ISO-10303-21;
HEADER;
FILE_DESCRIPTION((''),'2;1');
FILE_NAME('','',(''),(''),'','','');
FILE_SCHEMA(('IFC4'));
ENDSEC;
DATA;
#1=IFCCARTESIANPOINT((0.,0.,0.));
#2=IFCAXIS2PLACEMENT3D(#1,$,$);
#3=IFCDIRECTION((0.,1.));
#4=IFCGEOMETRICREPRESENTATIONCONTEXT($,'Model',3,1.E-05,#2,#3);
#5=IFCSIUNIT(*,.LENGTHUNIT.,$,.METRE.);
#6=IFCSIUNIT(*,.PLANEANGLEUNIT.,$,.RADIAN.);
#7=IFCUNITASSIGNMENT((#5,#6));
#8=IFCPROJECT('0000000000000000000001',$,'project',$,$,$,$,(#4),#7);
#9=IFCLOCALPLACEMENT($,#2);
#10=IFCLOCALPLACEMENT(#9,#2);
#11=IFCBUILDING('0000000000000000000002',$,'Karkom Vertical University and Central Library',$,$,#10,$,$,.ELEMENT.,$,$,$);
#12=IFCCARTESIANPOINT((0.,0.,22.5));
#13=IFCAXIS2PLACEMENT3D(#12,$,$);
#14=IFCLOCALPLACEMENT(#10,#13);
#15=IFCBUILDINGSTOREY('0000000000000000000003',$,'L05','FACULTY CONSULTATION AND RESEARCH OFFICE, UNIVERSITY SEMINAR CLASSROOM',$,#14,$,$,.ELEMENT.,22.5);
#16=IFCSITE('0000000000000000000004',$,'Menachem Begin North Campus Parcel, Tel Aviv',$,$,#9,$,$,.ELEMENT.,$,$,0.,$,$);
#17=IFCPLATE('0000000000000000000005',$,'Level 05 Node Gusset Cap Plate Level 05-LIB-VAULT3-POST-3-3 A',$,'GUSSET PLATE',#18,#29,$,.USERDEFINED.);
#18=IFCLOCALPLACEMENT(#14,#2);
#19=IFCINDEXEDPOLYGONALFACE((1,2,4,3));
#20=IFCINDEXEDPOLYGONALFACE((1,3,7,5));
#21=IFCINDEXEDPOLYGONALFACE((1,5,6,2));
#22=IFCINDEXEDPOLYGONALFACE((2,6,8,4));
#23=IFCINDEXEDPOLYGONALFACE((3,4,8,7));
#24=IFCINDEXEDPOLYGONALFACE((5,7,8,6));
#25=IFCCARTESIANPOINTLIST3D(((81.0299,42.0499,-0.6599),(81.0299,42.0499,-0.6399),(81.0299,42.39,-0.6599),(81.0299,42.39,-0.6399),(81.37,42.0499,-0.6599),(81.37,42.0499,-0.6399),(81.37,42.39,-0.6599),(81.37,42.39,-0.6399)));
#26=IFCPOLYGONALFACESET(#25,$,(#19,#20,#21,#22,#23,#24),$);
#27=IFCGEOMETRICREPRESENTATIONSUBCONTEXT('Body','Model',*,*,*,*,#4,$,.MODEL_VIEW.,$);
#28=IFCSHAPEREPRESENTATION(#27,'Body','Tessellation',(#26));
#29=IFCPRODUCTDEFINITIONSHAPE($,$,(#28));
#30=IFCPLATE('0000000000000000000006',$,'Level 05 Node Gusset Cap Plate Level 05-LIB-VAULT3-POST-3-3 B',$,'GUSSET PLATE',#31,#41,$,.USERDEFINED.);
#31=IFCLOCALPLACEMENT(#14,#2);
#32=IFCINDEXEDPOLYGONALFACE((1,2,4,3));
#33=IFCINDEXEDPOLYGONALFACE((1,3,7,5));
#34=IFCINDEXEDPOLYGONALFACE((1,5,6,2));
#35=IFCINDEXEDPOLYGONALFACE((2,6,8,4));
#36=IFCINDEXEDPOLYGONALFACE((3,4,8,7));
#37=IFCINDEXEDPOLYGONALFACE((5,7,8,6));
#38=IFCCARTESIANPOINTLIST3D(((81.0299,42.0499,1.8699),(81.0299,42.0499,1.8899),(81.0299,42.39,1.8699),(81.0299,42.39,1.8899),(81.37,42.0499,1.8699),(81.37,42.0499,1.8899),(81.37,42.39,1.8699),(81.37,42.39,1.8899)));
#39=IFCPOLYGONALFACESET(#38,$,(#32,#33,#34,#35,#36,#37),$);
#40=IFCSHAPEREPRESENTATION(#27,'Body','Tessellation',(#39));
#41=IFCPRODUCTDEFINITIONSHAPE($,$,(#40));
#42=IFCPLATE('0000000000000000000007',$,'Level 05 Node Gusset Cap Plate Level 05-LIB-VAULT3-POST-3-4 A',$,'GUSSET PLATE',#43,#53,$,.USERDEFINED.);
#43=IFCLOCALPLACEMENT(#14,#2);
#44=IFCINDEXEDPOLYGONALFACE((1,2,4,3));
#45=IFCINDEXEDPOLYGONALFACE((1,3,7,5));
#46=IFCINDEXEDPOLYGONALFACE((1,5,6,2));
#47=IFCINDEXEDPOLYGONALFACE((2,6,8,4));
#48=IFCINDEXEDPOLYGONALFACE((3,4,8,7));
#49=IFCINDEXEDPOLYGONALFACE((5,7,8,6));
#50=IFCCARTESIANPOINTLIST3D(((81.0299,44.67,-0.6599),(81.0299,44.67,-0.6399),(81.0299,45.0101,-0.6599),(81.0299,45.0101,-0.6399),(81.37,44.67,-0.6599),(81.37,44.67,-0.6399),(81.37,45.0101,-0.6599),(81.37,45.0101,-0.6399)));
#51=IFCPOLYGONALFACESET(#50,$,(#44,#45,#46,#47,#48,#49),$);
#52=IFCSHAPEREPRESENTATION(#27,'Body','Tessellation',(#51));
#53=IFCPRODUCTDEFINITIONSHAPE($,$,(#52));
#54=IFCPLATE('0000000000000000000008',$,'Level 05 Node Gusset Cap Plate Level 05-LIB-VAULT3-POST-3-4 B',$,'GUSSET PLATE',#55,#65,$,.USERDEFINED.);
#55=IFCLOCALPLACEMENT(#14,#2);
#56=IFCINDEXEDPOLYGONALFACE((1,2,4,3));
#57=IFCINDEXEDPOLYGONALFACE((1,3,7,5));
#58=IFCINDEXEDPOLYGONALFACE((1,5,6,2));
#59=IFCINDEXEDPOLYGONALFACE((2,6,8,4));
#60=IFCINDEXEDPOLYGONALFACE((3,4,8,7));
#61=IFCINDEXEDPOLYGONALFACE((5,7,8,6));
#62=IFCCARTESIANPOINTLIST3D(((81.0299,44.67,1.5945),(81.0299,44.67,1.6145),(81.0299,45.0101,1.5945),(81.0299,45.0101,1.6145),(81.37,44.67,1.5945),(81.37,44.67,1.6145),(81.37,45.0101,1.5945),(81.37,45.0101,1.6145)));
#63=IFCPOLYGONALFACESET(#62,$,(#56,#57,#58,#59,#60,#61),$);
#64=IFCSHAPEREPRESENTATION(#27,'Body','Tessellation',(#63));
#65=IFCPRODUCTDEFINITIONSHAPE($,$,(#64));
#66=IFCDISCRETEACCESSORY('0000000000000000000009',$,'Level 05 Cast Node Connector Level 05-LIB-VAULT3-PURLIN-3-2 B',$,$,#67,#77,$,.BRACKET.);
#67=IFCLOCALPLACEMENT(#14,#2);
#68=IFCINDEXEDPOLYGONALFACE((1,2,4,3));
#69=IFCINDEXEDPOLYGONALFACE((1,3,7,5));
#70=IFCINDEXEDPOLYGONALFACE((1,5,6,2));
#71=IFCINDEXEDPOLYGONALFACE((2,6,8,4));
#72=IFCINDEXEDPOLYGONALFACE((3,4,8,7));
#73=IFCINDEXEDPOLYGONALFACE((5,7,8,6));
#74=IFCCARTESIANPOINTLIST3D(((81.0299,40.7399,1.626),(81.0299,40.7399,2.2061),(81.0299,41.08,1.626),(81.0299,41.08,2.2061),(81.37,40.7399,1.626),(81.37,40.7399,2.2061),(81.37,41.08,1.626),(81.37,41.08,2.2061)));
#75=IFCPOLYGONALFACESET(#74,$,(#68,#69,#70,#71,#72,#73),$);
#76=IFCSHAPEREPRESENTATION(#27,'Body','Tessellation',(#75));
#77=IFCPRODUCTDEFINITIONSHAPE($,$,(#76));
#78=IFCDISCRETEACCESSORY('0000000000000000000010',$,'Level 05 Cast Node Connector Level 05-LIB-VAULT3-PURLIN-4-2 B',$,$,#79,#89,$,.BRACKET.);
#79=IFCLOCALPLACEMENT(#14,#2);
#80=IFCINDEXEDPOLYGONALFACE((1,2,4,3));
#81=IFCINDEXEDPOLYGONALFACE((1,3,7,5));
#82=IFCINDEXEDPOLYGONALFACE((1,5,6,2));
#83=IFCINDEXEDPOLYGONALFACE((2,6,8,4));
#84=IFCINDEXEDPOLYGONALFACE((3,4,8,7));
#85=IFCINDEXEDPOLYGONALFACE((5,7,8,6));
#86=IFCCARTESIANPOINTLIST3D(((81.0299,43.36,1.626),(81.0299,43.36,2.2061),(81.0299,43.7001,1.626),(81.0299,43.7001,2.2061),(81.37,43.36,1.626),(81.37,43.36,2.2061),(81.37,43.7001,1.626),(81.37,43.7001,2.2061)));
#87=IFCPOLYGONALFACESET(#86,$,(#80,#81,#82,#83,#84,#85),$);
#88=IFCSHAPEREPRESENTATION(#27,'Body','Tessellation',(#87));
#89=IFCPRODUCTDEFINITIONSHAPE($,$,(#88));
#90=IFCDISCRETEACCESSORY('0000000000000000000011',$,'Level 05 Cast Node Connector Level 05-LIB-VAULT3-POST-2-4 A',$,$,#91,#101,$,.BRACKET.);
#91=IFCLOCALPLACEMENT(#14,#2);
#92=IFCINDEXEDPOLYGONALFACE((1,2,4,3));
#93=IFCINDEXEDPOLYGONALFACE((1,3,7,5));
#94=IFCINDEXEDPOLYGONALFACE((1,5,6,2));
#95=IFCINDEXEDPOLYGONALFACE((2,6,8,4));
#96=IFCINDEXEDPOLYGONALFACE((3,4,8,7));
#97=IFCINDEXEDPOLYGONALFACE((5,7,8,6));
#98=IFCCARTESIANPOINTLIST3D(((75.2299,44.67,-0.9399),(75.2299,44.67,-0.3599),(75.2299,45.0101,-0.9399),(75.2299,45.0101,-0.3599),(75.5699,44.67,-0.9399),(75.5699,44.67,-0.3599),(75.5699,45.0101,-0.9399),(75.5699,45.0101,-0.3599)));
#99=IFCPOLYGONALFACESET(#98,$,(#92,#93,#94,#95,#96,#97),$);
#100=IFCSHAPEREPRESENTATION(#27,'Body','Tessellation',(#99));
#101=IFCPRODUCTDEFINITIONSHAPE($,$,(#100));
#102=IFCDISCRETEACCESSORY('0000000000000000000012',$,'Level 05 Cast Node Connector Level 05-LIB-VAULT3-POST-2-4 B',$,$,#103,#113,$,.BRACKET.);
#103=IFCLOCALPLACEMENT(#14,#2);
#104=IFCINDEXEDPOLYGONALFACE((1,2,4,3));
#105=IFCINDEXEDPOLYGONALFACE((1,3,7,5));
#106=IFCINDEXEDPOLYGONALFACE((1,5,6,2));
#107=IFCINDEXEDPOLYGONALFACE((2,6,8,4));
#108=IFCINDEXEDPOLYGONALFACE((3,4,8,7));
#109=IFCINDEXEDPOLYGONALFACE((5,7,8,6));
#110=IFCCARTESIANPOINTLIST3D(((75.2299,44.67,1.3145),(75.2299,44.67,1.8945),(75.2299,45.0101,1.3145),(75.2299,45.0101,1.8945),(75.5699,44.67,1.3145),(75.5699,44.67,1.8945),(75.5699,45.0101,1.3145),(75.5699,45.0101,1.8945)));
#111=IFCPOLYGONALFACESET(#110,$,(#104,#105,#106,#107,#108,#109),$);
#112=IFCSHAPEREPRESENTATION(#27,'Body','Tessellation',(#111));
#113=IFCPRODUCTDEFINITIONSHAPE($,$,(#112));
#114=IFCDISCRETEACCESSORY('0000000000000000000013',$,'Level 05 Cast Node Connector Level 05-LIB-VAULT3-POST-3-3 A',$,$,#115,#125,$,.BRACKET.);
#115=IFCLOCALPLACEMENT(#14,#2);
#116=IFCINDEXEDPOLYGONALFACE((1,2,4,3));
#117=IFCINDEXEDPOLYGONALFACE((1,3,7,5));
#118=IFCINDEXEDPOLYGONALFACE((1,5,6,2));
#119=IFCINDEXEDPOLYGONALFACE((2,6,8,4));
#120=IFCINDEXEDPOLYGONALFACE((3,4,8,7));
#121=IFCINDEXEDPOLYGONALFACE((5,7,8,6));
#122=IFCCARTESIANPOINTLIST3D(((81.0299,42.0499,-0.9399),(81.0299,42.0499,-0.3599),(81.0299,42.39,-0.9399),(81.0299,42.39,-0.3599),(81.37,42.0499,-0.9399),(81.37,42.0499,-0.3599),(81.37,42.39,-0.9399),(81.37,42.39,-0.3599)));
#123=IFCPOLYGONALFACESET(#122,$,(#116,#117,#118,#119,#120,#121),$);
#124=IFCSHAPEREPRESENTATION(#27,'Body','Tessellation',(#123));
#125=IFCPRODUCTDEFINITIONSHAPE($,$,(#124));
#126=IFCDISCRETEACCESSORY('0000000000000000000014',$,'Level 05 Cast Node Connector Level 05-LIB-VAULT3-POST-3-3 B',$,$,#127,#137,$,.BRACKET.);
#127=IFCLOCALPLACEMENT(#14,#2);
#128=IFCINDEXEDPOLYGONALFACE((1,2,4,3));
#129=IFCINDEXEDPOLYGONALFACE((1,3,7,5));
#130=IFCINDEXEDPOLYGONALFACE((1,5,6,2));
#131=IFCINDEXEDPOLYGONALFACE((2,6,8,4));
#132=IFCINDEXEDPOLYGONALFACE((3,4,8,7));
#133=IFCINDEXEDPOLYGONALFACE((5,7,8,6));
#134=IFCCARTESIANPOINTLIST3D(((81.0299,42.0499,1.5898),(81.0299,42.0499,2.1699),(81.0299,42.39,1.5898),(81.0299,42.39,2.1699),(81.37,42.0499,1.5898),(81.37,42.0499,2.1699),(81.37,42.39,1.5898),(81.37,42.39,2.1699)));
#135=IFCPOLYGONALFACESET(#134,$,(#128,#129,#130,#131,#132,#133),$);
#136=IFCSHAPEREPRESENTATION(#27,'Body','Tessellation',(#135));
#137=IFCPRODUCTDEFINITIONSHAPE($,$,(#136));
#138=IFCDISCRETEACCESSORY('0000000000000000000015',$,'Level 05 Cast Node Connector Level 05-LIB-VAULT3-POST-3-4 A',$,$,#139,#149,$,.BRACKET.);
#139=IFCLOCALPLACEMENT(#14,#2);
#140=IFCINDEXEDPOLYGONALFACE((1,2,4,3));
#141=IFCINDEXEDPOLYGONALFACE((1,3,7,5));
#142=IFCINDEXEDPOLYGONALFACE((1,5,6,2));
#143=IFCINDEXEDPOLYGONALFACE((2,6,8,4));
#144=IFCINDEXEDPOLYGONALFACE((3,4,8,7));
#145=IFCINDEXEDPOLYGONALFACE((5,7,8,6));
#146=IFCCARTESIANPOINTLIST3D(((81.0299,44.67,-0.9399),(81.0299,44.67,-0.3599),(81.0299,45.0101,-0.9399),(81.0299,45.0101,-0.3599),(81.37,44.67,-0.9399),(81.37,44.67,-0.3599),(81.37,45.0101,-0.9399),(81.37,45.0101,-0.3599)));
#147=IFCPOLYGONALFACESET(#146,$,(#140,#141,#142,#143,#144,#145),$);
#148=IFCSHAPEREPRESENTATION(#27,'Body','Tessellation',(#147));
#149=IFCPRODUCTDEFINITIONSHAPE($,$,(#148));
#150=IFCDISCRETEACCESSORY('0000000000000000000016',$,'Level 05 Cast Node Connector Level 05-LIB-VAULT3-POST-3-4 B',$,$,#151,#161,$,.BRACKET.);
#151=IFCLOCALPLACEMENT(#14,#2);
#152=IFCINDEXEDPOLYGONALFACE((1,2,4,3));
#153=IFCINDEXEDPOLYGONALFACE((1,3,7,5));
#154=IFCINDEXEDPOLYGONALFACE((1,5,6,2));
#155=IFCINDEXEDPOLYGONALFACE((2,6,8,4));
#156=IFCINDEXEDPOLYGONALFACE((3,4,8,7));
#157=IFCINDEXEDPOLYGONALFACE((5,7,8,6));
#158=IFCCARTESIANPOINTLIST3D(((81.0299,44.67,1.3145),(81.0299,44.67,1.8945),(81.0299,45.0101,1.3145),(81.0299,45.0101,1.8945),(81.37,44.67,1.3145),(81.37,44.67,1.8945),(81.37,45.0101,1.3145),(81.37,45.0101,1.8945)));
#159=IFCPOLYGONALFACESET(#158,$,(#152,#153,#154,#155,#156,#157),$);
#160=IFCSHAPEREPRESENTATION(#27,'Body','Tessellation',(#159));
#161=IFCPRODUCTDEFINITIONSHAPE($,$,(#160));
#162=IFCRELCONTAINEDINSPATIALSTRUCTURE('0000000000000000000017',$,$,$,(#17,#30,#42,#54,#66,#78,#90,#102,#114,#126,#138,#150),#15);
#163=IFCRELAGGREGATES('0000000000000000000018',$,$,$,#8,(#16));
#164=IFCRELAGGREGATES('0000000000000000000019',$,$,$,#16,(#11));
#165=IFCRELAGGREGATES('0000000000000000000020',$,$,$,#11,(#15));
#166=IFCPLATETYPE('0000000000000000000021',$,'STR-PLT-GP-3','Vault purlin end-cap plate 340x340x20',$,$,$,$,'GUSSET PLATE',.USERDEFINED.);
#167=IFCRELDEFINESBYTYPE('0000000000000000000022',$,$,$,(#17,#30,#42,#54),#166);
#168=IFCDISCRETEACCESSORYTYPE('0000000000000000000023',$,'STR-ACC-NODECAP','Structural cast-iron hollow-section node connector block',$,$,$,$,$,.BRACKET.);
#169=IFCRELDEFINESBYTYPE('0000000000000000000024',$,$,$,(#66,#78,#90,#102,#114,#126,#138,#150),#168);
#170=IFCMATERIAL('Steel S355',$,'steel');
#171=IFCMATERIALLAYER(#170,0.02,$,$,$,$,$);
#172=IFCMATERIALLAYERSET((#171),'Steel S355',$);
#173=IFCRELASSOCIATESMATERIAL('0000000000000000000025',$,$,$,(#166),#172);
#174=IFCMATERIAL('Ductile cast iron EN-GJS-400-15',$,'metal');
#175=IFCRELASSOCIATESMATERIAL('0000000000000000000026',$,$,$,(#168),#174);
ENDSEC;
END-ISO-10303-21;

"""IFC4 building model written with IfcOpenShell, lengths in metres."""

from ifc_helpers import new_model, si_unit, direction, frame, origin, origin_with_axes, origin_2d, place, context, subcontext, project, spatial, rectangle, extrude, source, transform, mapped, material, layer, layer_set, type_object, element, save


model = new_model("IFC4")

# Units and contexts
model_context = context("Model", 3, precision=1e-05, world=origin(), true_north=direction((0.0, 1.0)))
body_context = subcontext(model_context, "Body", "Model", "MODEL_VIEW")
ifc_project = project(units=[si_unit("LENGTHUNIT", "METRE"), si_unit("PLANEANGLEUNIT", "RADIAN")], contexts=[model_context])

# Site, building, storey
site_placement = place(None, origin())
site = spatial("IfcSite", under=ifc_project, at=site_placement, Name="Menachem Begin North Campus Parcel, Tel Aviv", CompositionType="ELEMENT", RefElevation=0.0)
building_placement = place(site_placement, origin())
building = spatial("IfcBuilding", under=site, at=building_placement, Name="Karkom Vertical University and Central Library", CompositionType="ELEMENT")
storey_placement = place(building_placement, frame((0.0, 0.0, 22.5)))
storey = spatial("IfcBuildingStorey", under=building, at=storey_placement, Name="L05", Description="FACULTY CONSULTATION AND RESEARCH OFFICE, UNIVERSITY SEMINAR CLASSROOM", CompositionType="ELEMENT", Elevation=22.5)

# Shared definitions
ifc_material_1 = material(Name="Steel S355", Category="steel")

# Plates
ifc_layer = layer(ifc_material_1, 0.02)
ifc_layer_set = layer_set([ifc_layer], Name="Steel S355")
plate_type = type_object("IfcPlateType", Name="STR-PLT-GP-3", Description="Vault purlin end-cap plate 340x340x20", ElementType="GUSSET PLATE", PredefinedType="USERDEFINED", material=ifc_layer_set)
shared_shape_1 = source(origin_with_axes(), body_context, "Body", "SweptSolid", [
    extrude(rectangle(XDim=0.3401, YDim=0.3401, at=origin_2d()), origin(), (0.0, 0.0, 1.0), 0.02),
])
for number, where, z_axis, x_axis, name in (
    (1, (81.2, 42.22, -0.6599), (0.0, 0.0, 1.0), (1.0, 0.0, 0.0), "Level 05 Node Gusset Cap Plate Level 05-LIB-VAULT3-POST-3-3 A"),
    (2, (81.2, 42.22, 1.8699), (0.0, 0.0, 1.0), (1.0, 0.0, 0.0), "Level 05 Node Gusset Cap Plate Level 05-LIB-VAULT3-POST-3-3 B"),
    (3, (81.2, 44.8401, -0.6599), (0.0, 0.0, 1.0), (1.0, 0.0, 0.0), "Level 05 Node Gusset Cap Plate Level 05-LIB-VAULT3-POST-3-4 A"),
    (4, (81.2, 44.8401, 1.5945), (0.0, 0.0, 1.0), (1.0, 0.0, 0.0), "Level 05 Node Gusset Cap Plate Level 05-LIB-VAULT3-POST-3-4 B"),
):
    element("IfcPlate", number, at=place(storey_placement, frame(where, z_axis=z_axis, x_axis=x_axis)), inside=storey, type_object=plate_type, Name=name, ObjectType="GUSSET PLATE", PredefinedType="USERDEFINED", context=body_context, shape_type="MappedRepresentation", body=[
        mapped(shared_shape_1, transform((0.0, 0.0, 0.0), scale=1.0)),
    ])

# Discrete accessories
ifc_material_2 = material(Name="Ductile cast iron EN-GJS-400-15", Category="metal")
discrete_accessory_type = type_object("IfcDiscreteAccessoryType", Name="STR-ACC-NODECAP", Description="Structural cast-iron hollow-section node connector block", PredefinedType="BRACKET", material=ifc_material_2)
shared_shape_2 = source(origin_with_axes(), body_context, "Body", "SweptSolid", [
    extrude(rectangle(XDim=0.3401, YDim=0.3401, at=origin_2d()), origin(), (0.0, 0.0, 1.0), 0.5801),
])
for number, where, z_axis, x_axis, name in (
    (5, (81.2, 40.9099, 1.626), (0.0, 0.0, 1.0), (1.0, 0.0, 0.0), "Level 05 Cast Node Connector Level 05-LIB-VAULT3-PURLIN-3-2 B"),
    (6, (81.2, 43.53, 1.626), (0.0, 0.0, 1.0), (1.0, 0.0, 0.0), "Level 05 Cast Node Connector Level 05-LIB-VAULT3-PURLIN-4-2 B"),
    (7, (75.3999, 44.8401, -0.9399), (0.0, 0.0, 1.0), (1.0, 0.0, 0.0), "Level 05 Cast Node Connector Level 05-LIB-VAULT3-POST-2-4 A"),
    (8, (75.3999, 44.8401, 1.3145), (0.0, 0.0, 1.0), (1.0, 0.0, 0.0), "Level 05 Cast Node Connector Level 05-LIB-VAULT3-POST-2-4 B"),
    (9, (81.2, 42.22, -0.9399), (0.0, 0.0, 1.0), (1.0, 0.0, 0.0), "Level 05 Cast Node Connector Level 05-LIB-VAULT3-POST-3-3 A"),
    (10, (81.2, 42.22, 1.5898), (0.0, 0.0, 1.0), (1.0, 0.0, 0.0), "Level 05 Cast Node Connector Level 05-LIB-VAULT3-POST-3-3 B"),
    (11, (81.2, 44.8401, -0.9399), (0.0, 0.0, 1.0), (1.0, 0.0, 0.0), "Level 05 Cast Node Connector Level 05-LIB-VAULT3-POST-3-4 A"),
    (12, (81.2, 44.8401, 1.3145), (0.0, 0.0, 1.0), (1.0, 0.0, 0.0), "Level 05 Cast Node Connector Level 05-LIB-VAULT3-POST-3-4 B"),
):
    element("IfcDiscreteAccessory", number, at=place(storey_placement, frame(where, z_axis=z_axis, x_axis=x_axis)), inside=storey, type_object=discrete_accessory_type, Name=name, PredefinedType="BRACKET", context=body_context, shape_type="MappedRepresentation", body=[
        mapped(shared_shape_2, transform((0.0, 0.0, 0.0), scale=1.0)),
    ])

save(model, "model.ifc")
